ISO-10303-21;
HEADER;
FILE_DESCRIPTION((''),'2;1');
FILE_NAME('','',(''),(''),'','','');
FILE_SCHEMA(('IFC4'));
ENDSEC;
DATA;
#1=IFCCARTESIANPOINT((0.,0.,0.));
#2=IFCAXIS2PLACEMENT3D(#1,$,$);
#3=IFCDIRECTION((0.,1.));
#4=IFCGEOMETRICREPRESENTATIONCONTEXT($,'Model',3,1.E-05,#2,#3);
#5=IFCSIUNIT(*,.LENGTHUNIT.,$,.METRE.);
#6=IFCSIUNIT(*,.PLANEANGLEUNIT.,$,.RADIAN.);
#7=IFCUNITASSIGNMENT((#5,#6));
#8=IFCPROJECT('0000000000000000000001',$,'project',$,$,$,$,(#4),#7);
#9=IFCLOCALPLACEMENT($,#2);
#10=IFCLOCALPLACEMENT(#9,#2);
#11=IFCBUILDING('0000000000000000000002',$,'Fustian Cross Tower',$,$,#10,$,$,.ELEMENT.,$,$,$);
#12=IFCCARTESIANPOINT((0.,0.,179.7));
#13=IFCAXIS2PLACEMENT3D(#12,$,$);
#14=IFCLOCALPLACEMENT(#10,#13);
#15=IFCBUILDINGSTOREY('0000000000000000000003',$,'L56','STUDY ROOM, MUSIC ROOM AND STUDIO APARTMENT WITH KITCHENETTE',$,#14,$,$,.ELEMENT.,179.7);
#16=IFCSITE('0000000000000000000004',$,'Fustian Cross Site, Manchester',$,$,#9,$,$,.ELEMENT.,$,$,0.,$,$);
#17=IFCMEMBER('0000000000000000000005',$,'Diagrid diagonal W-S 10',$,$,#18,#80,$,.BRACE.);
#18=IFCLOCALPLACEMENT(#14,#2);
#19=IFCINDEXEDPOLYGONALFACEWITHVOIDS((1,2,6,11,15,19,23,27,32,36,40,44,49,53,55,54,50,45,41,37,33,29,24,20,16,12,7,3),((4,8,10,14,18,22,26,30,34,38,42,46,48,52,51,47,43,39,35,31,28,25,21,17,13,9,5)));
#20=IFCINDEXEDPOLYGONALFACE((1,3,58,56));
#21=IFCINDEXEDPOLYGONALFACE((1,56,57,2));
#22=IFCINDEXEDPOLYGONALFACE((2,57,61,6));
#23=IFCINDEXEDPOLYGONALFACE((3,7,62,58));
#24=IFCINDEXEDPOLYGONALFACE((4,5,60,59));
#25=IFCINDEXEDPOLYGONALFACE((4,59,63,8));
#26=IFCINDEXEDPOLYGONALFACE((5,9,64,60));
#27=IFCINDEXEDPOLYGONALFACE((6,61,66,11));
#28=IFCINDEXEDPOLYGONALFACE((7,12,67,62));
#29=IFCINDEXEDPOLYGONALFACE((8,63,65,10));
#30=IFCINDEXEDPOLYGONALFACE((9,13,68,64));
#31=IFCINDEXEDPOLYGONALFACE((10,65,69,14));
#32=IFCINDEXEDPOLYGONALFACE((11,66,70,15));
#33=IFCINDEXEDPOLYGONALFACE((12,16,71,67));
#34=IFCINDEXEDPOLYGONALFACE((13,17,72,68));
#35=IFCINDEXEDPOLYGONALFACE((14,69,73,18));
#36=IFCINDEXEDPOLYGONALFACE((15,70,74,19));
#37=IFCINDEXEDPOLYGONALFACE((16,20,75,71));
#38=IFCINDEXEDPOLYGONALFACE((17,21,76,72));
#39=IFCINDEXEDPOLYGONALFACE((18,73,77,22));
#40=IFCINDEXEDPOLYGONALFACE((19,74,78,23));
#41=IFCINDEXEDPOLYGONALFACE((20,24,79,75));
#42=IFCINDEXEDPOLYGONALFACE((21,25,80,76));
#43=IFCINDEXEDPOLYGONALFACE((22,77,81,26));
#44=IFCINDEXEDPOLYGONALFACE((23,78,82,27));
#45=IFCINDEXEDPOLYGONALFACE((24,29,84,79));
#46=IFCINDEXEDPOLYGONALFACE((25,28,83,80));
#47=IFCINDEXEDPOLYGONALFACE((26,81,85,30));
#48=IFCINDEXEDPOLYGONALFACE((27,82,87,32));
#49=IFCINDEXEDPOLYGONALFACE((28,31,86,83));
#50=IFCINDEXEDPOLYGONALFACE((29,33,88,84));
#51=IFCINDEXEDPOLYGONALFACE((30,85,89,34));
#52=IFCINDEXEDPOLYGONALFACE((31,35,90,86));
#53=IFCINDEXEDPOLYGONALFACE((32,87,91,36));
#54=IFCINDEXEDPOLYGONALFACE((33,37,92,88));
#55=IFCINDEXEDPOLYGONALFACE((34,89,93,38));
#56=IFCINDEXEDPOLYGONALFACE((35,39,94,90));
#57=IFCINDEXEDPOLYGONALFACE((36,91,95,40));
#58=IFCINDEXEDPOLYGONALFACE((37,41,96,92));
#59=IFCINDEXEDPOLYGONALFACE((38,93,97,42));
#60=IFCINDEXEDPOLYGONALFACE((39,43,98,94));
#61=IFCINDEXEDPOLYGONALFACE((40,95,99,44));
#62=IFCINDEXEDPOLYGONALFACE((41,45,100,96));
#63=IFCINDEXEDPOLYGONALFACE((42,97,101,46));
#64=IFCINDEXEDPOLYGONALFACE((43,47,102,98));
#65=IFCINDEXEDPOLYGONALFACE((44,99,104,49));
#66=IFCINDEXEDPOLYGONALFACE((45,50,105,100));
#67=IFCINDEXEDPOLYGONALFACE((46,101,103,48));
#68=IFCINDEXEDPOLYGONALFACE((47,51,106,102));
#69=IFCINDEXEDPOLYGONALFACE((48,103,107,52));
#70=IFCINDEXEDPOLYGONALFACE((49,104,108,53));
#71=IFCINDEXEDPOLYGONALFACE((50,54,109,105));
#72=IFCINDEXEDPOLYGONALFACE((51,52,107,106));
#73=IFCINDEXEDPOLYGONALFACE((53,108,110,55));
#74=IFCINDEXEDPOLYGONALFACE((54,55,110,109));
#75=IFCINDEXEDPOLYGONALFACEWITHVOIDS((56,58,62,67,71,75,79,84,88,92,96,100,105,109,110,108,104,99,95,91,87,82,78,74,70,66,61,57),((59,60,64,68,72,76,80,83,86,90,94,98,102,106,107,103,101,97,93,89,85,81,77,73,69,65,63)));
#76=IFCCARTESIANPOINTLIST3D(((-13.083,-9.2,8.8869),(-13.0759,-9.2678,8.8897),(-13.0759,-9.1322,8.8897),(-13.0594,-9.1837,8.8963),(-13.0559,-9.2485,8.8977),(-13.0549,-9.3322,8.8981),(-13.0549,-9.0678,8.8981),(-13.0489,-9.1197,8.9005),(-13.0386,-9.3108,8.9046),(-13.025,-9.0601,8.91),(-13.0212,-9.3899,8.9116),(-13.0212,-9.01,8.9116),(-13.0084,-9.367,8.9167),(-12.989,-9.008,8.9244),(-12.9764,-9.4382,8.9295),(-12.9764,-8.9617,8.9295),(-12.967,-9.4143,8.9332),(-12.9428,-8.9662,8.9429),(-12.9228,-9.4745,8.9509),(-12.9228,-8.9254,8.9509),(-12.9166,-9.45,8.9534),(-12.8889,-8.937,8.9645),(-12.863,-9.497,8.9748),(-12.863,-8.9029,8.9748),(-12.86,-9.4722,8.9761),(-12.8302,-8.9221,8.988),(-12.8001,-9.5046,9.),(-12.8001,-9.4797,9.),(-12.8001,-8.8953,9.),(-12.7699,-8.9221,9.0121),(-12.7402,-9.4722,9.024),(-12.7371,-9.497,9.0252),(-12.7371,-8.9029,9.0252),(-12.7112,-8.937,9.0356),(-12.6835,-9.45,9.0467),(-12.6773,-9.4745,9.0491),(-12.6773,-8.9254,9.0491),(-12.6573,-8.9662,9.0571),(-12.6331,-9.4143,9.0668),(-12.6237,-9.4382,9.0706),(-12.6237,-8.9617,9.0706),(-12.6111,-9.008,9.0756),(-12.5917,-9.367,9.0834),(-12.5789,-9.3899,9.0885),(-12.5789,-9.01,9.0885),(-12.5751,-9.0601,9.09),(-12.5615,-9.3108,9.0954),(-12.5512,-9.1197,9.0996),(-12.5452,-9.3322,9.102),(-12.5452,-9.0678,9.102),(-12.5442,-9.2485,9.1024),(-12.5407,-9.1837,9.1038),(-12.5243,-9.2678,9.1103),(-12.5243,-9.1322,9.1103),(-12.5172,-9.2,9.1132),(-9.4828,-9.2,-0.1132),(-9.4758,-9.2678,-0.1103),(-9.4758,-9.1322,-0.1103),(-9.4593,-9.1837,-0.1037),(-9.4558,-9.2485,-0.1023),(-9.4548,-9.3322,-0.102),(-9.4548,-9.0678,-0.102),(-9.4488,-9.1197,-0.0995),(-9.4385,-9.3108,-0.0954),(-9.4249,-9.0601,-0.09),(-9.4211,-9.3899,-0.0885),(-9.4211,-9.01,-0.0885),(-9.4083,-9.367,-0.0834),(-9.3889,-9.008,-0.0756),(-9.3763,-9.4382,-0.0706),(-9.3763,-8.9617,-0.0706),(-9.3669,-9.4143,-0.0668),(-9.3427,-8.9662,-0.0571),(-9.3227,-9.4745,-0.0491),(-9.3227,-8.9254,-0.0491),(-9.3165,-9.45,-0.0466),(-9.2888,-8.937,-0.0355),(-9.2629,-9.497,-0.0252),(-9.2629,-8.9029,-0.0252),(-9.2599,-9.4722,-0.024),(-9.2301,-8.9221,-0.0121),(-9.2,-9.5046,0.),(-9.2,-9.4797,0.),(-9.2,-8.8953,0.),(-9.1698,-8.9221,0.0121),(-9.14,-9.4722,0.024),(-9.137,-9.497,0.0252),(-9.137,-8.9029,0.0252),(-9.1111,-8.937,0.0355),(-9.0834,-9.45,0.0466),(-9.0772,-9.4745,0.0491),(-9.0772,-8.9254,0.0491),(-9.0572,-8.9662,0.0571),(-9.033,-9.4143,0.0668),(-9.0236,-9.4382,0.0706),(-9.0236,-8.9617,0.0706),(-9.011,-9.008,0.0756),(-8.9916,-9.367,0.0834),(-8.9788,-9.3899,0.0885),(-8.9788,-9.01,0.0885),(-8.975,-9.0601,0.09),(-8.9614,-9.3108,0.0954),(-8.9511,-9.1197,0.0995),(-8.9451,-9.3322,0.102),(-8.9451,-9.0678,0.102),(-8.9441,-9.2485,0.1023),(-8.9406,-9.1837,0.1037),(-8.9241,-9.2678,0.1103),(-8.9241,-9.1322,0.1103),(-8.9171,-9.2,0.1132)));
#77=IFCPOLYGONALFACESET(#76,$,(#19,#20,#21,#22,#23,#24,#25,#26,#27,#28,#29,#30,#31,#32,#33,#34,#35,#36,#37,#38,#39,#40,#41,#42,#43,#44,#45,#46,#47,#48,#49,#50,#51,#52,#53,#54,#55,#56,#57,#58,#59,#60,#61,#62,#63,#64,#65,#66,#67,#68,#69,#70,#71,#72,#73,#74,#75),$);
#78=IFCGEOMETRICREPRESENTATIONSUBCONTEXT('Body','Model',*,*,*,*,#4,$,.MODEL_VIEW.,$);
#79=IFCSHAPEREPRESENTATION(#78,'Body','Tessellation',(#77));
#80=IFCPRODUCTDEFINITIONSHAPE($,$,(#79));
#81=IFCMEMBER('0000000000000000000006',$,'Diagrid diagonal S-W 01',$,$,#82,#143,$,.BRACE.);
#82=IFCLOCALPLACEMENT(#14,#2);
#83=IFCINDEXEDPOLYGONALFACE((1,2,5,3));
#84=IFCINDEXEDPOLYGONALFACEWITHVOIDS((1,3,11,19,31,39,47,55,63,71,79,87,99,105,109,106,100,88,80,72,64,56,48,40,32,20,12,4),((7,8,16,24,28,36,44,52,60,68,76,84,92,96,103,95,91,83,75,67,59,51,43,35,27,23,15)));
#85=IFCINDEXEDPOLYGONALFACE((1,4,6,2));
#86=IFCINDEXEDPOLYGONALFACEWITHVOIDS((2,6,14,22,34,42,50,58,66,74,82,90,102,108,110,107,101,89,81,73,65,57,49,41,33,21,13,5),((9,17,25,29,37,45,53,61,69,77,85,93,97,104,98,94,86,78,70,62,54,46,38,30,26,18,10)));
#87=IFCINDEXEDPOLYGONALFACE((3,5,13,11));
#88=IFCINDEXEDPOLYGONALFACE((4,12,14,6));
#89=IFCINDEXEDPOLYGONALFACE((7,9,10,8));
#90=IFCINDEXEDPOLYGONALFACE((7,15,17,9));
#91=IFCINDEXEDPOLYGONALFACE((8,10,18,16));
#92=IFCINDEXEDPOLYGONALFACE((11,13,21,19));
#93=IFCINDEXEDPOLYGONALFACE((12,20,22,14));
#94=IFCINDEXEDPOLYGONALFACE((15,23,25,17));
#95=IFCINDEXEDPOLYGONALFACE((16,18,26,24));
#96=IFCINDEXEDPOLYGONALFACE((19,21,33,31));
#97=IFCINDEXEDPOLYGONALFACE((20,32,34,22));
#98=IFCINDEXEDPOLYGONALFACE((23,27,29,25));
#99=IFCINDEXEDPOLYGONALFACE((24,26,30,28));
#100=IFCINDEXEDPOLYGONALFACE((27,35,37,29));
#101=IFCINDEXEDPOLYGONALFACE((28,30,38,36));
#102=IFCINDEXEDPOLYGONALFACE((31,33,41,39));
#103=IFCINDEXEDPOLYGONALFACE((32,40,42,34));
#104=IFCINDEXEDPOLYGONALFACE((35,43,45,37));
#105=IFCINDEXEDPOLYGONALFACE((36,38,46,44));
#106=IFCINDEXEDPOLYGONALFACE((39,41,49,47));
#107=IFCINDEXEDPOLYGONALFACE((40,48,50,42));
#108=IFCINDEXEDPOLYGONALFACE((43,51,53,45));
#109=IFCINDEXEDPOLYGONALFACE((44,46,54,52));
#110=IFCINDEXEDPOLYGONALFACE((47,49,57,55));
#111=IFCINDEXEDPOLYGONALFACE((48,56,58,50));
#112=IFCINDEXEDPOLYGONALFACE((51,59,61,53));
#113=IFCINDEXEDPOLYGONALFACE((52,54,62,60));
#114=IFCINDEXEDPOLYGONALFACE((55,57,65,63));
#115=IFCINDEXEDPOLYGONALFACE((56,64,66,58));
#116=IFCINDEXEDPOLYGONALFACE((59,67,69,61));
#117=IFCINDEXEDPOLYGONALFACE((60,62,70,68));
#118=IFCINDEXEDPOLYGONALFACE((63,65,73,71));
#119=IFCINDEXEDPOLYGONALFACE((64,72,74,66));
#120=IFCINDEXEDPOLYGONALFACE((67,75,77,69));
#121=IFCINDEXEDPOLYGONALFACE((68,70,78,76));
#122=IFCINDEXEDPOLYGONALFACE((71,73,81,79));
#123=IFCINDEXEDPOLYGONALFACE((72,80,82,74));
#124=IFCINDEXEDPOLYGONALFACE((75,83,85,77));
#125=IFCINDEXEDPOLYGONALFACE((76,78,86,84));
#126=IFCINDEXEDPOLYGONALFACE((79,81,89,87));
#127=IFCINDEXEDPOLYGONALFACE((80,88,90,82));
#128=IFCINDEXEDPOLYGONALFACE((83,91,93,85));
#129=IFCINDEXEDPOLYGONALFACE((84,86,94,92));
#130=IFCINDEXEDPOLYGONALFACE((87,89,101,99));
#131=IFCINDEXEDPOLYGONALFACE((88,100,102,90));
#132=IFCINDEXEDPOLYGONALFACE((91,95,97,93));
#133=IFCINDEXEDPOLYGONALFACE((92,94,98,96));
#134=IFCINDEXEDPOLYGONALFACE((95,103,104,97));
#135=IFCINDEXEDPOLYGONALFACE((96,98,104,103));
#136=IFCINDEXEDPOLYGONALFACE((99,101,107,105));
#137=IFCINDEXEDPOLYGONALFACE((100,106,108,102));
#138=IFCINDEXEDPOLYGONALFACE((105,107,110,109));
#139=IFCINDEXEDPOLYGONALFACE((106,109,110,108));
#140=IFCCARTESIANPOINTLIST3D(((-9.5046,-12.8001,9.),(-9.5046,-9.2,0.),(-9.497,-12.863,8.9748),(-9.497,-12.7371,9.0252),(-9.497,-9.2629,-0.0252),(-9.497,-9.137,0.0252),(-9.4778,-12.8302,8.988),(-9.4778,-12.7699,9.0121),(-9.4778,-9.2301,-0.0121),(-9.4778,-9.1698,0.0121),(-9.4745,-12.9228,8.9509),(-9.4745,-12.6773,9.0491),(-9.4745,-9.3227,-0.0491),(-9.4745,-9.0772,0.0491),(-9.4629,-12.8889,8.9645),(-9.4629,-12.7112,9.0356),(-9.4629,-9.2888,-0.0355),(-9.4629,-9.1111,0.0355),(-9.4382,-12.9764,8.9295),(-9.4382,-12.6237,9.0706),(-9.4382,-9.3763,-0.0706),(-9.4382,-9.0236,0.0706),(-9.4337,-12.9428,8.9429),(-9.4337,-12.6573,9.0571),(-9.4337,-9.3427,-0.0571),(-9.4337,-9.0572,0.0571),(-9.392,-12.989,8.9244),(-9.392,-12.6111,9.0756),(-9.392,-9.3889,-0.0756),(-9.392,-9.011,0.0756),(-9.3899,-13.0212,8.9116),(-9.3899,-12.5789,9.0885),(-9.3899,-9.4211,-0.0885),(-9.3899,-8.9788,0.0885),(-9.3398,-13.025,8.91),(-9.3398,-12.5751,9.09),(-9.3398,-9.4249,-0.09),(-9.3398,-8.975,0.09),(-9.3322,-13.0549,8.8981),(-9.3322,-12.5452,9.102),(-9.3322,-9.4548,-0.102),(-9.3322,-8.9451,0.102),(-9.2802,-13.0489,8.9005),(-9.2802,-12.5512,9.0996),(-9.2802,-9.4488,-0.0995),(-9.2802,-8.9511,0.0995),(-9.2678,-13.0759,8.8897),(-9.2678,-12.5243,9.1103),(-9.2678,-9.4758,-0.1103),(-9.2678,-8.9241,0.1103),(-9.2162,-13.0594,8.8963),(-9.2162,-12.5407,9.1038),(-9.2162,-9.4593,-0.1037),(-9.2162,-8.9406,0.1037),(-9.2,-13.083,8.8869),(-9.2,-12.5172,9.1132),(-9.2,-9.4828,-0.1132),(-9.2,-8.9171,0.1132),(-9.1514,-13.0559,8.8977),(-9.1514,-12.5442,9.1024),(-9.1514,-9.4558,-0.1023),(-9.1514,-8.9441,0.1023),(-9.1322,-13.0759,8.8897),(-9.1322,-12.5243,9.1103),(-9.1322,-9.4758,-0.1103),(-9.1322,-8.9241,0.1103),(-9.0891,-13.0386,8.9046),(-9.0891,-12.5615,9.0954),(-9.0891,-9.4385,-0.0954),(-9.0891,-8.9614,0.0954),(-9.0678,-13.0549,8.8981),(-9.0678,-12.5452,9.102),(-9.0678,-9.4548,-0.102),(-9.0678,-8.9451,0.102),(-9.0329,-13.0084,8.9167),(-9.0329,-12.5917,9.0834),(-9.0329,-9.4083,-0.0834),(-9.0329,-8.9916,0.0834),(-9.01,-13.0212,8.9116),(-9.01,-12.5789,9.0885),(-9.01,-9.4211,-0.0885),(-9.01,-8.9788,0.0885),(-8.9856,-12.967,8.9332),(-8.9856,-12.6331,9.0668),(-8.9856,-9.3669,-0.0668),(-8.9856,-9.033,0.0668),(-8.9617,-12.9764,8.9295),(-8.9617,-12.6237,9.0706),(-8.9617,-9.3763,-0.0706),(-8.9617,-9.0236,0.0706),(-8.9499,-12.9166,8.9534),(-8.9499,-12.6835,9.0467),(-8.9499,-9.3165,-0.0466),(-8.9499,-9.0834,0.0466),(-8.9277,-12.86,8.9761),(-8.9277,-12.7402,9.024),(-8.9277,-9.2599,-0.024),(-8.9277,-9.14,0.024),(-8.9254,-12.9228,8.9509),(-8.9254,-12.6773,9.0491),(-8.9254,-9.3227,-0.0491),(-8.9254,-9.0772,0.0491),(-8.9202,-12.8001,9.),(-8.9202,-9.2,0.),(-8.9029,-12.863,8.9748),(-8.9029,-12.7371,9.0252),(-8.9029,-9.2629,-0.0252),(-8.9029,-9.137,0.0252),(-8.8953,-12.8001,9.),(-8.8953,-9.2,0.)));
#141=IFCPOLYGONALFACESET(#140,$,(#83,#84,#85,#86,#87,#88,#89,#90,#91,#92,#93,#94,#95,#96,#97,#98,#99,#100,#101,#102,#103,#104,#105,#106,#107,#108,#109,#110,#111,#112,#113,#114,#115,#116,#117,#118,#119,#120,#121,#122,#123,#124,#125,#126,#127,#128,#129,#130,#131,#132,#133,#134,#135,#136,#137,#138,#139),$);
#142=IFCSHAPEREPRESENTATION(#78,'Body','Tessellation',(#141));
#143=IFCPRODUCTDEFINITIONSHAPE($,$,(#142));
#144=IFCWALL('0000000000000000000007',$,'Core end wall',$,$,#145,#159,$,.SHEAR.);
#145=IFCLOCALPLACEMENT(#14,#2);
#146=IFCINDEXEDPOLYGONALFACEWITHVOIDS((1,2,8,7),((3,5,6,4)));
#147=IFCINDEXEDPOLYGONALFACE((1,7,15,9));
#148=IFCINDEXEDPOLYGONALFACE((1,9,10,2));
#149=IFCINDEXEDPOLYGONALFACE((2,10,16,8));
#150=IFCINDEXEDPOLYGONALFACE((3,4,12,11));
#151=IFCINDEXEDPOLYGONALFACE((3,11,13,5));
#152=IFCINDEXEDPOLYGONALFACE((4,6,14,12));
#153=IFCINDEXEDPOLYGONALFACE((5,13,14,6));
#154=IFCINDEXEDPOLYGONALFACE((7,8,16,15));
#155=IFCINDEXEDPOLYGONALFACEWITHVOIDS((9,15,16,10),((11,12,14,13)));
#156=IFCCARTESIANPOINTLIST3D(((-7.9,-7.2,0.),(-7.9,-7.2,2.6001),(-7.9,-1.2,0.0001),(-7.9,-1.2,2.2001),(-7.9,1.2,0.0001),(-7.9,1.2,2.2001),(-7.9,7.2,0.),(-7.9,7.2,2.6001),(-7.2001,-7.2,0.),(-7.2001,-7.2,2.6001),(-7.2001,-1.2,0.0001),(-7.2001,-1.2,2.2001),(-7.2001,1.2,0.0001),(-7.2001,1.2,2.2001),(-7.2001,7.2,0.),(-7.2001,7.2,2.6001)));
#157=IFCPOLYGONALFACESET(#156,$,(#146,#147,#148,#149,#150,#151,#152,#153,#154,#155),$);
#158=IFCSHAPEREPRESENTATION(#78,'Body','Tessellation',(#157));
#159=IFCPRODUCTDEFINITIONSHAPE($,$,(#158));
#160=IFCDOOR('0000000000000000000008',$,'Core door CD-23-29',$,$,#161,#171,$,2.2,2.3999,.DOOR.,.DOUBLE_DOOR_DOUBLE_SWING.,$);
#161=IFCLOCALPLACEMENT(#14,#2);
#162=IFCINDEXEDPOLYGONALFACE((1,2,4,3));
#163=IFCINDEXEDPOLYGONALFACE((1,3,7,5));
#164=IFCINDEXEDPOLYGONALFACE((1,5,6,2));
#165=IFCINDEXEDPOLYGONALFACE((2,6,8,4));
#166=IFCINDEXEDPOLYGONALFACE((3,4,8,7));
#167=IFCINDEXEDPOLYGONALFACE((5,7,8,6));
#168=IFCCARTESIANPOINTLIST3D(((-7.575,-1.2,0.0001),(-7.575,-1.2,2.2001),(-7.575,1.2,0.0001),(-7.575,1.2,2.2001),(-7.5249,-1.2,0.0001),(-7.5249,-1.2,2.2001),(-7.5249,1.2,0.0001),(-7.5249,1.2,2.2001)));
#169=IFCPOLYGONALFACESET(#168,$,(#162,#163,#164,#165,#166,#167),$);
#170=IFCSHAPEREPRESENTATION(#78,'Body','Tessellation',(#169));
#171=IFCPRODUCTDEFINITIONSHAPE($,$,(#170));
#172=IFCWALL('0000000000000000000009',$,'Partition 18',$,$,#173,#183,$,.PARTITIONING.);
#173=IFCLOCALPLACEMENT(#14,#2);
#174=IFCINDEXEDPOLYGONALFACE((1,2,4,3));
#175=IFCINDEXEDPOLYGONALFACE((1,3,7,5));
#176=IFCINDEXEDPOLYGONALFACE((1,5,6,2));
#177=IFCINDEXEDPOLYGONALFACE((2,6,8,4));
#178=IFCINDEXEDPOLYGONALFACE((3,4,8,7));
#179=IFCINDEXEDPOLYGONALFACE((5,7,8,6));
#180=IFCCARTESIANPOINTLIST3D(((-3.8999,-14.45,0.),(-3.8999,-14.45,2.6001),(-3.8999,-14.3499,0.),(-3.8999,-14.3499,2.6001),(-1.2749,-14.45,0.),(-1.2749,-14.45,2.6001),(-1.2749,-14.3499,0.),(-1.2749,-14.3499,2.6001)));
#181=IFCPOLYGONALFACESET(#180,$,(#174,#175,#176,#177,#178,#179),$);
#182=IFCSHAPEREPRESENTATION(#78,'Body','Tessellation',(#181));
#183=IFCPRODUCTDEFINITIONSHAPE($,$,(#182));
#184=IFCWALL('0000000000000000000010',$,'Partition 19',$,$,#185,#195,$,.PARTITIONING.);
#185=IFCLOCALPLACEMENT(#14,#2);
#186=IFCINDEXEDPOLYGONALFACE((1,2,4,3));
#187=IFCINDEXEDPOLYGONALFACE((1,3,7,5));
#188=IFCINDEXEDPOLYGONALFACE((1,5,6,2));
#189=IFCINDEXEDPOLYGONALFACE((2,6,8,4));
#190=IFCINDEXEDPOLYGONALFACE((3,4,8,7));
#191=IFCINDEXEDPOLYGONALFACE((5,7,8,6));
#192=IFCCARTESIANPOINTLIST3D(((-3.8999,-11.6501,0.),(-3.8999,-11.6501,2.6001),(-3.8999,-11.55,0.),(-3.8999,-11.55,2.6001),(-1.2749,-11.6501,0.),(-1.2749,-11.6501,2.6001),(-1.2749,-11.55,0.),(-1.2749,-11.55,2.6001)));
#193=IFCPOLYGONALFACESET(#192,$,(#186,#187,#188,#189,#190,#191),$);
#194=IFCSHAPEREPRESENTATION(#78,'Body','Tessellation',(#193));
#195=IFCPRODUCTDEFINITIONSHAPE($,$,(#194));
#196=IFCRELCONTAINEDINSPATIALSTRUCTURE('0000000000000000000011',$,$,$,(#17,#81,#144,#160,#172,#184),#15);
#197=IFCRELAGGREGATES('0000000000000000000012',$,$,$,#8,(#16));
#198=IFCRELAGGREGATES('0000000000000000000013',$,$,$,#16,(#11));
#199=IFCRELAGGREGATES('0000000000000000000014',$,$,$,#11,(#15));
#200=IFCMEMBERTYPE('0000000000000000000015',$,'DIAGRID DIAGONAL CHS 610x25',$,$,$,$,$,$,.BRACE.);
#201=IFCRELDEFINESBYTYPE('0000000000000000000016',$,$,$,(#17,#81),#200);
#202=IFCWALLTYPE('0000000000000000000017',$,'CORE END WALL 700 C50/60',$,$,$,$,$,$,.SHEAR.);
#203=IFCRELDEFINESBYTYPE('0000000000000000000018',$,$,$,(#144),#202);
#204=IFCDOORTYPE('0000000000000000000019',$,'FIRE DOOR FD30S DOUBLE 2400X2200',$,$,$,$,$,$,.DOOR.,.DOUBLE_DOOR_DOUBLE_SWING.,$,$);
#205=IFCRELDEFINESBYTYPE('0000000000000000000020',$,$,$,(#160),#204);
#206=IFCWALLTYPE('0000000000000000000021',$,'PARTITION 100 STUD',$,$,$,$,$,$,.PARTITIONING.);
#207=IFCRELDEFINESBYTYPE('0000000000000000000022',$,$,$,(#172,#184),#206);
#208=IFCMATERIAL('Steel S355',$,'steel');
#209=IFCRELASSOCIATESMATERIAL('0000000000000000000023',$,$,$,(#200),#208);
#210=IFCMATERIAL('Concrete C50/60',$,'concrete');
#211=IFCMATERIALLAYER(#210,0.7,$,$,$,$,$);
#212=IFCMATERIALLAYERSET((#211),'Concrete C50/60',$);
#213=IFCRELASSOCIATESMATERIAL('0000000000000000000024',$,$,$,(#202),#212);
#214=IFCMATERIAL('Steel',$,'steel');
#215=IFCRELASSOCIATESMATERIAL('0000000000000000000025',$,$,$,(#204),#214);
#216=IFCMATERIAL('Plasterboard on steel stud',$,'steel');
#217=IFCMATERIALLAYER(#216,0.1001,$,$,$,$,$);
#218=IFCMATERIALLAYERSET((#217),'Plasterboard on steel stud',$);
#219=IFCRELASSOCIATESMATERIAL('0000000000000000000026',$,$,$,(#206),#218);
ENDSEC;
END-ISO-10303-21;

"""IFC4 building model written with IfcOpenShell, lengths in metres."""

from ifc_helpers import new_model, si_unit, direction, frame, frame_2d, origin, origin_2d, place, context, subcontext, project, spatial, rectangle, hollow_circle, extrude, material, layer, layer_set, material_profile, profile_set, type_object, element, fill, save


model = new_model("IFC4")

# Units and contexts
model_context = context("Model", 3, precision=1e-05, world=origin(), true_north=direction((0.0, 1.0)))
body_context = subcontext(model_context, "Body", "Model", "MODEL_VIEW")
ifc_project = project(units=[si_unit("LENGTHUNIT", "METRE"), si_unit("PLANEANGLEUNIT", "RADIAN")], contexts=[model_context])

# Site, building, storey
site_placement = place(None, origin())
site = spatial("IfcSite", under=ifc_project, at=site_placement, Name="Fustian Cross Site, Manchester", CompositionType="ELEMENT", RefElevation=0.0)
building_placement = place(site_placement, origin())
building = spatial("IfcBuilding", under=site, at=building_placement, Name="Fustian Cross Tower", CompositionType="ELEMENT")
storey_placement = place(building_placement, frame((0.0, 0.0, 179.7)))
storey = spatial("IfcBuildingStorey", under=building, at=storey_placement, Name="L56", Description="STUDY ROOM, MUSIC ROOM AND STUDIO APARTMENT WITH KITCHENETTE", CompositionType="ELEMENT", Elevation=179.7)

# Members
ifc_material_1 = material(Name="Steel S355", Category="steel")
ifc_material_profile = material_profile(ifc_material_1, hollow_circle(Radius=0.3047, WallThickness=0.0249, at=origin_2d()), Name="CHS 610x25")
ifc_profile_set = profile_set([ifc_material_profile], Name="Steel S355")
member_type = type_object("IfcMemberType", Name="DIAGRID DIAGONAL CHS 610x25", PredefinedType="BRACE", material=ifc_profile_set)
for number, where, z_axis, x_axis, name in (
    (1, (-9.2, -9.2, 0.0), (-0.371399, 0.0, 0.928473), (0.0, -1.0, 0.0), "Diagrid diagonal W-S 10"),
    (2, (-9.2, -9.2, 0.0), (0.0, -0.371399, 0.928473), (1.0, 0.0, 0.0), "Diagrid diagonal S-W 01"),
):
    element("IfcMember", number, at=place(storey_placement, frame(where, z_axis=z_axis, x_axis=x_axis)), inside=storey, type_object=member_type, Name=name, PredefinedType="BRACE", context=body_context, shape_type="SweptSolid", body=[
        extrude(hollow_circle(Radius=0.3047, WallThickness=0.0249, at=origin_2d()), origin(), (0.0, 0.0, 1.0), 9.6934),
    ])

# Wall, opening, door
ifc_material_2 = material(Name="Concrete C50/60", Category="concrete")
ifc_layer_1 = layer(ifc_material_2, 0.7)
ifc_layer_set_1 = layer_set([ifc_layer_1], Name="Concrete C50/60")
wall_type_1 = type_object("IfcWallType", Name="CORE END WALL 700 C50/60", PredefinedType="SHEAR", material=ifc_layer_set_1)
wall_1_placement = place(storey_placement, frame((-7.55, -7.2, 0.0), z_axis=(0.0, 0.0, 1.0), x_axis=(0.0, 1.0, 0.0)))
wall_1 = element("IfcWall", 3, at=wall_1_placement, inside=storey, type_object=wall_type_1, Name="Core end wall", PredefinedType="SHEAR", context=body_context, shape_type="SweptSolid", body=[
    extrude(rectangle(XDim=14.3999, YDim=0.7, at=frame_2d((7.2, 0.0))), origin(), (0.0, 0.0, 1.0), 2.6001),
])
opening_1_placement = place(wall_1_placement, frame((6.0, 0.0, 0.0)))
opening_1 = element("IfcOpeningElement", 4, at=opening_1_placement, cuts=wall_1, PredefinedType="OPENING", context=body_context, shape_type="SweptSolid", body=[
    extrude(rectangle(XDim=2.3999, YDim=2.2, at=frame_2d((1.2, 1.1001))), frame((0.0, 0.3599, 0.0), z_axis=(0.0, -1.0, 0.0), x_axis=(1.0, 0.0, 0.0)), (0.0, 0.0, 1.0), 0.72),
])
ifc_material_3 = material(Name="Steel", Category="steel")
door_type_1 = type_object("IfcDoorType", Name="FIRE DOOR FD30S DOUBLE 2400X2200", OperationType="DOUBLE_DOOR_DOUBLE_SWING", PredefinedType="DOOR", material=ifc_material_3)
door_1_placement = place(opening_1_placement, origin())
door_1 = element("IfcDoor", 5, at=door_1_placement, inside=storey, type_object=door_type_1, Name="Core door CD-23-29", OperationType="DOUBLE_DOOR_DOUBLE_SWING", OverallHeight=2.2, OverallWidth=2.3999, PredefinedType="DOOR", context=body_context, shape_type="SweptSolid", body=[
    extrude(rectangle(XDim=2.3999, YDim=2.2, at=frame_2d((1.2, 1.1001))), frame((0.0, 0.0249, 0.0), z_axis=(0.0, -1.0, 0.0), x_axis=(1.0, 0.0, 0.0)), (0.0, 0.0, 1.0), 0.05),
])
fill(opening_1, door_1)

# Walls
ifc_material_4 = material(Name="Plasterboard on steel stud", Category="steel")
ifc_layer_2 = layer(ifc_material_4, 0.1001)
ifc_layer_set_2 = layer_set([ifc_layer_2], Name="Plasterboard on steel stud")
wall_type_2 = type_object("IfcWallType", Name="PARTITION 100 STUD", PredefinedType="PARTITIONING", material=ifc_layer_set_2)
for number, where, z_axis, x_axis, name in (
    (6, (-3.8999, -14.3999, 0.0), (0.0, 0.0, 1.0), (1.0, 0.0, 0.0), "Partition 18"),
    (7, (-3.8999, -11.6001, 0.0), (0.0, 0.0, 1.0), (1.0, 0.0, 0.0), "Partition 19"),
):
    element("IfcWall", number, at=place(storey_placement, frame(where, z_axis=z_axis, x_axis=x_axis)), inside=storey, type_object=wall_type_2, Name=name, PredefinedType="PARTITIONING", context=body_context, shape_type="SweptSolid", body=[
        extrude(rectangle(XDim=2.625, YDim=0.1001, at=frame_2d((1.3125, 0.0))), origin(), (0.0, 0.0, 1.0), 2.6001),
    ])

save(model, "model.ifc")
